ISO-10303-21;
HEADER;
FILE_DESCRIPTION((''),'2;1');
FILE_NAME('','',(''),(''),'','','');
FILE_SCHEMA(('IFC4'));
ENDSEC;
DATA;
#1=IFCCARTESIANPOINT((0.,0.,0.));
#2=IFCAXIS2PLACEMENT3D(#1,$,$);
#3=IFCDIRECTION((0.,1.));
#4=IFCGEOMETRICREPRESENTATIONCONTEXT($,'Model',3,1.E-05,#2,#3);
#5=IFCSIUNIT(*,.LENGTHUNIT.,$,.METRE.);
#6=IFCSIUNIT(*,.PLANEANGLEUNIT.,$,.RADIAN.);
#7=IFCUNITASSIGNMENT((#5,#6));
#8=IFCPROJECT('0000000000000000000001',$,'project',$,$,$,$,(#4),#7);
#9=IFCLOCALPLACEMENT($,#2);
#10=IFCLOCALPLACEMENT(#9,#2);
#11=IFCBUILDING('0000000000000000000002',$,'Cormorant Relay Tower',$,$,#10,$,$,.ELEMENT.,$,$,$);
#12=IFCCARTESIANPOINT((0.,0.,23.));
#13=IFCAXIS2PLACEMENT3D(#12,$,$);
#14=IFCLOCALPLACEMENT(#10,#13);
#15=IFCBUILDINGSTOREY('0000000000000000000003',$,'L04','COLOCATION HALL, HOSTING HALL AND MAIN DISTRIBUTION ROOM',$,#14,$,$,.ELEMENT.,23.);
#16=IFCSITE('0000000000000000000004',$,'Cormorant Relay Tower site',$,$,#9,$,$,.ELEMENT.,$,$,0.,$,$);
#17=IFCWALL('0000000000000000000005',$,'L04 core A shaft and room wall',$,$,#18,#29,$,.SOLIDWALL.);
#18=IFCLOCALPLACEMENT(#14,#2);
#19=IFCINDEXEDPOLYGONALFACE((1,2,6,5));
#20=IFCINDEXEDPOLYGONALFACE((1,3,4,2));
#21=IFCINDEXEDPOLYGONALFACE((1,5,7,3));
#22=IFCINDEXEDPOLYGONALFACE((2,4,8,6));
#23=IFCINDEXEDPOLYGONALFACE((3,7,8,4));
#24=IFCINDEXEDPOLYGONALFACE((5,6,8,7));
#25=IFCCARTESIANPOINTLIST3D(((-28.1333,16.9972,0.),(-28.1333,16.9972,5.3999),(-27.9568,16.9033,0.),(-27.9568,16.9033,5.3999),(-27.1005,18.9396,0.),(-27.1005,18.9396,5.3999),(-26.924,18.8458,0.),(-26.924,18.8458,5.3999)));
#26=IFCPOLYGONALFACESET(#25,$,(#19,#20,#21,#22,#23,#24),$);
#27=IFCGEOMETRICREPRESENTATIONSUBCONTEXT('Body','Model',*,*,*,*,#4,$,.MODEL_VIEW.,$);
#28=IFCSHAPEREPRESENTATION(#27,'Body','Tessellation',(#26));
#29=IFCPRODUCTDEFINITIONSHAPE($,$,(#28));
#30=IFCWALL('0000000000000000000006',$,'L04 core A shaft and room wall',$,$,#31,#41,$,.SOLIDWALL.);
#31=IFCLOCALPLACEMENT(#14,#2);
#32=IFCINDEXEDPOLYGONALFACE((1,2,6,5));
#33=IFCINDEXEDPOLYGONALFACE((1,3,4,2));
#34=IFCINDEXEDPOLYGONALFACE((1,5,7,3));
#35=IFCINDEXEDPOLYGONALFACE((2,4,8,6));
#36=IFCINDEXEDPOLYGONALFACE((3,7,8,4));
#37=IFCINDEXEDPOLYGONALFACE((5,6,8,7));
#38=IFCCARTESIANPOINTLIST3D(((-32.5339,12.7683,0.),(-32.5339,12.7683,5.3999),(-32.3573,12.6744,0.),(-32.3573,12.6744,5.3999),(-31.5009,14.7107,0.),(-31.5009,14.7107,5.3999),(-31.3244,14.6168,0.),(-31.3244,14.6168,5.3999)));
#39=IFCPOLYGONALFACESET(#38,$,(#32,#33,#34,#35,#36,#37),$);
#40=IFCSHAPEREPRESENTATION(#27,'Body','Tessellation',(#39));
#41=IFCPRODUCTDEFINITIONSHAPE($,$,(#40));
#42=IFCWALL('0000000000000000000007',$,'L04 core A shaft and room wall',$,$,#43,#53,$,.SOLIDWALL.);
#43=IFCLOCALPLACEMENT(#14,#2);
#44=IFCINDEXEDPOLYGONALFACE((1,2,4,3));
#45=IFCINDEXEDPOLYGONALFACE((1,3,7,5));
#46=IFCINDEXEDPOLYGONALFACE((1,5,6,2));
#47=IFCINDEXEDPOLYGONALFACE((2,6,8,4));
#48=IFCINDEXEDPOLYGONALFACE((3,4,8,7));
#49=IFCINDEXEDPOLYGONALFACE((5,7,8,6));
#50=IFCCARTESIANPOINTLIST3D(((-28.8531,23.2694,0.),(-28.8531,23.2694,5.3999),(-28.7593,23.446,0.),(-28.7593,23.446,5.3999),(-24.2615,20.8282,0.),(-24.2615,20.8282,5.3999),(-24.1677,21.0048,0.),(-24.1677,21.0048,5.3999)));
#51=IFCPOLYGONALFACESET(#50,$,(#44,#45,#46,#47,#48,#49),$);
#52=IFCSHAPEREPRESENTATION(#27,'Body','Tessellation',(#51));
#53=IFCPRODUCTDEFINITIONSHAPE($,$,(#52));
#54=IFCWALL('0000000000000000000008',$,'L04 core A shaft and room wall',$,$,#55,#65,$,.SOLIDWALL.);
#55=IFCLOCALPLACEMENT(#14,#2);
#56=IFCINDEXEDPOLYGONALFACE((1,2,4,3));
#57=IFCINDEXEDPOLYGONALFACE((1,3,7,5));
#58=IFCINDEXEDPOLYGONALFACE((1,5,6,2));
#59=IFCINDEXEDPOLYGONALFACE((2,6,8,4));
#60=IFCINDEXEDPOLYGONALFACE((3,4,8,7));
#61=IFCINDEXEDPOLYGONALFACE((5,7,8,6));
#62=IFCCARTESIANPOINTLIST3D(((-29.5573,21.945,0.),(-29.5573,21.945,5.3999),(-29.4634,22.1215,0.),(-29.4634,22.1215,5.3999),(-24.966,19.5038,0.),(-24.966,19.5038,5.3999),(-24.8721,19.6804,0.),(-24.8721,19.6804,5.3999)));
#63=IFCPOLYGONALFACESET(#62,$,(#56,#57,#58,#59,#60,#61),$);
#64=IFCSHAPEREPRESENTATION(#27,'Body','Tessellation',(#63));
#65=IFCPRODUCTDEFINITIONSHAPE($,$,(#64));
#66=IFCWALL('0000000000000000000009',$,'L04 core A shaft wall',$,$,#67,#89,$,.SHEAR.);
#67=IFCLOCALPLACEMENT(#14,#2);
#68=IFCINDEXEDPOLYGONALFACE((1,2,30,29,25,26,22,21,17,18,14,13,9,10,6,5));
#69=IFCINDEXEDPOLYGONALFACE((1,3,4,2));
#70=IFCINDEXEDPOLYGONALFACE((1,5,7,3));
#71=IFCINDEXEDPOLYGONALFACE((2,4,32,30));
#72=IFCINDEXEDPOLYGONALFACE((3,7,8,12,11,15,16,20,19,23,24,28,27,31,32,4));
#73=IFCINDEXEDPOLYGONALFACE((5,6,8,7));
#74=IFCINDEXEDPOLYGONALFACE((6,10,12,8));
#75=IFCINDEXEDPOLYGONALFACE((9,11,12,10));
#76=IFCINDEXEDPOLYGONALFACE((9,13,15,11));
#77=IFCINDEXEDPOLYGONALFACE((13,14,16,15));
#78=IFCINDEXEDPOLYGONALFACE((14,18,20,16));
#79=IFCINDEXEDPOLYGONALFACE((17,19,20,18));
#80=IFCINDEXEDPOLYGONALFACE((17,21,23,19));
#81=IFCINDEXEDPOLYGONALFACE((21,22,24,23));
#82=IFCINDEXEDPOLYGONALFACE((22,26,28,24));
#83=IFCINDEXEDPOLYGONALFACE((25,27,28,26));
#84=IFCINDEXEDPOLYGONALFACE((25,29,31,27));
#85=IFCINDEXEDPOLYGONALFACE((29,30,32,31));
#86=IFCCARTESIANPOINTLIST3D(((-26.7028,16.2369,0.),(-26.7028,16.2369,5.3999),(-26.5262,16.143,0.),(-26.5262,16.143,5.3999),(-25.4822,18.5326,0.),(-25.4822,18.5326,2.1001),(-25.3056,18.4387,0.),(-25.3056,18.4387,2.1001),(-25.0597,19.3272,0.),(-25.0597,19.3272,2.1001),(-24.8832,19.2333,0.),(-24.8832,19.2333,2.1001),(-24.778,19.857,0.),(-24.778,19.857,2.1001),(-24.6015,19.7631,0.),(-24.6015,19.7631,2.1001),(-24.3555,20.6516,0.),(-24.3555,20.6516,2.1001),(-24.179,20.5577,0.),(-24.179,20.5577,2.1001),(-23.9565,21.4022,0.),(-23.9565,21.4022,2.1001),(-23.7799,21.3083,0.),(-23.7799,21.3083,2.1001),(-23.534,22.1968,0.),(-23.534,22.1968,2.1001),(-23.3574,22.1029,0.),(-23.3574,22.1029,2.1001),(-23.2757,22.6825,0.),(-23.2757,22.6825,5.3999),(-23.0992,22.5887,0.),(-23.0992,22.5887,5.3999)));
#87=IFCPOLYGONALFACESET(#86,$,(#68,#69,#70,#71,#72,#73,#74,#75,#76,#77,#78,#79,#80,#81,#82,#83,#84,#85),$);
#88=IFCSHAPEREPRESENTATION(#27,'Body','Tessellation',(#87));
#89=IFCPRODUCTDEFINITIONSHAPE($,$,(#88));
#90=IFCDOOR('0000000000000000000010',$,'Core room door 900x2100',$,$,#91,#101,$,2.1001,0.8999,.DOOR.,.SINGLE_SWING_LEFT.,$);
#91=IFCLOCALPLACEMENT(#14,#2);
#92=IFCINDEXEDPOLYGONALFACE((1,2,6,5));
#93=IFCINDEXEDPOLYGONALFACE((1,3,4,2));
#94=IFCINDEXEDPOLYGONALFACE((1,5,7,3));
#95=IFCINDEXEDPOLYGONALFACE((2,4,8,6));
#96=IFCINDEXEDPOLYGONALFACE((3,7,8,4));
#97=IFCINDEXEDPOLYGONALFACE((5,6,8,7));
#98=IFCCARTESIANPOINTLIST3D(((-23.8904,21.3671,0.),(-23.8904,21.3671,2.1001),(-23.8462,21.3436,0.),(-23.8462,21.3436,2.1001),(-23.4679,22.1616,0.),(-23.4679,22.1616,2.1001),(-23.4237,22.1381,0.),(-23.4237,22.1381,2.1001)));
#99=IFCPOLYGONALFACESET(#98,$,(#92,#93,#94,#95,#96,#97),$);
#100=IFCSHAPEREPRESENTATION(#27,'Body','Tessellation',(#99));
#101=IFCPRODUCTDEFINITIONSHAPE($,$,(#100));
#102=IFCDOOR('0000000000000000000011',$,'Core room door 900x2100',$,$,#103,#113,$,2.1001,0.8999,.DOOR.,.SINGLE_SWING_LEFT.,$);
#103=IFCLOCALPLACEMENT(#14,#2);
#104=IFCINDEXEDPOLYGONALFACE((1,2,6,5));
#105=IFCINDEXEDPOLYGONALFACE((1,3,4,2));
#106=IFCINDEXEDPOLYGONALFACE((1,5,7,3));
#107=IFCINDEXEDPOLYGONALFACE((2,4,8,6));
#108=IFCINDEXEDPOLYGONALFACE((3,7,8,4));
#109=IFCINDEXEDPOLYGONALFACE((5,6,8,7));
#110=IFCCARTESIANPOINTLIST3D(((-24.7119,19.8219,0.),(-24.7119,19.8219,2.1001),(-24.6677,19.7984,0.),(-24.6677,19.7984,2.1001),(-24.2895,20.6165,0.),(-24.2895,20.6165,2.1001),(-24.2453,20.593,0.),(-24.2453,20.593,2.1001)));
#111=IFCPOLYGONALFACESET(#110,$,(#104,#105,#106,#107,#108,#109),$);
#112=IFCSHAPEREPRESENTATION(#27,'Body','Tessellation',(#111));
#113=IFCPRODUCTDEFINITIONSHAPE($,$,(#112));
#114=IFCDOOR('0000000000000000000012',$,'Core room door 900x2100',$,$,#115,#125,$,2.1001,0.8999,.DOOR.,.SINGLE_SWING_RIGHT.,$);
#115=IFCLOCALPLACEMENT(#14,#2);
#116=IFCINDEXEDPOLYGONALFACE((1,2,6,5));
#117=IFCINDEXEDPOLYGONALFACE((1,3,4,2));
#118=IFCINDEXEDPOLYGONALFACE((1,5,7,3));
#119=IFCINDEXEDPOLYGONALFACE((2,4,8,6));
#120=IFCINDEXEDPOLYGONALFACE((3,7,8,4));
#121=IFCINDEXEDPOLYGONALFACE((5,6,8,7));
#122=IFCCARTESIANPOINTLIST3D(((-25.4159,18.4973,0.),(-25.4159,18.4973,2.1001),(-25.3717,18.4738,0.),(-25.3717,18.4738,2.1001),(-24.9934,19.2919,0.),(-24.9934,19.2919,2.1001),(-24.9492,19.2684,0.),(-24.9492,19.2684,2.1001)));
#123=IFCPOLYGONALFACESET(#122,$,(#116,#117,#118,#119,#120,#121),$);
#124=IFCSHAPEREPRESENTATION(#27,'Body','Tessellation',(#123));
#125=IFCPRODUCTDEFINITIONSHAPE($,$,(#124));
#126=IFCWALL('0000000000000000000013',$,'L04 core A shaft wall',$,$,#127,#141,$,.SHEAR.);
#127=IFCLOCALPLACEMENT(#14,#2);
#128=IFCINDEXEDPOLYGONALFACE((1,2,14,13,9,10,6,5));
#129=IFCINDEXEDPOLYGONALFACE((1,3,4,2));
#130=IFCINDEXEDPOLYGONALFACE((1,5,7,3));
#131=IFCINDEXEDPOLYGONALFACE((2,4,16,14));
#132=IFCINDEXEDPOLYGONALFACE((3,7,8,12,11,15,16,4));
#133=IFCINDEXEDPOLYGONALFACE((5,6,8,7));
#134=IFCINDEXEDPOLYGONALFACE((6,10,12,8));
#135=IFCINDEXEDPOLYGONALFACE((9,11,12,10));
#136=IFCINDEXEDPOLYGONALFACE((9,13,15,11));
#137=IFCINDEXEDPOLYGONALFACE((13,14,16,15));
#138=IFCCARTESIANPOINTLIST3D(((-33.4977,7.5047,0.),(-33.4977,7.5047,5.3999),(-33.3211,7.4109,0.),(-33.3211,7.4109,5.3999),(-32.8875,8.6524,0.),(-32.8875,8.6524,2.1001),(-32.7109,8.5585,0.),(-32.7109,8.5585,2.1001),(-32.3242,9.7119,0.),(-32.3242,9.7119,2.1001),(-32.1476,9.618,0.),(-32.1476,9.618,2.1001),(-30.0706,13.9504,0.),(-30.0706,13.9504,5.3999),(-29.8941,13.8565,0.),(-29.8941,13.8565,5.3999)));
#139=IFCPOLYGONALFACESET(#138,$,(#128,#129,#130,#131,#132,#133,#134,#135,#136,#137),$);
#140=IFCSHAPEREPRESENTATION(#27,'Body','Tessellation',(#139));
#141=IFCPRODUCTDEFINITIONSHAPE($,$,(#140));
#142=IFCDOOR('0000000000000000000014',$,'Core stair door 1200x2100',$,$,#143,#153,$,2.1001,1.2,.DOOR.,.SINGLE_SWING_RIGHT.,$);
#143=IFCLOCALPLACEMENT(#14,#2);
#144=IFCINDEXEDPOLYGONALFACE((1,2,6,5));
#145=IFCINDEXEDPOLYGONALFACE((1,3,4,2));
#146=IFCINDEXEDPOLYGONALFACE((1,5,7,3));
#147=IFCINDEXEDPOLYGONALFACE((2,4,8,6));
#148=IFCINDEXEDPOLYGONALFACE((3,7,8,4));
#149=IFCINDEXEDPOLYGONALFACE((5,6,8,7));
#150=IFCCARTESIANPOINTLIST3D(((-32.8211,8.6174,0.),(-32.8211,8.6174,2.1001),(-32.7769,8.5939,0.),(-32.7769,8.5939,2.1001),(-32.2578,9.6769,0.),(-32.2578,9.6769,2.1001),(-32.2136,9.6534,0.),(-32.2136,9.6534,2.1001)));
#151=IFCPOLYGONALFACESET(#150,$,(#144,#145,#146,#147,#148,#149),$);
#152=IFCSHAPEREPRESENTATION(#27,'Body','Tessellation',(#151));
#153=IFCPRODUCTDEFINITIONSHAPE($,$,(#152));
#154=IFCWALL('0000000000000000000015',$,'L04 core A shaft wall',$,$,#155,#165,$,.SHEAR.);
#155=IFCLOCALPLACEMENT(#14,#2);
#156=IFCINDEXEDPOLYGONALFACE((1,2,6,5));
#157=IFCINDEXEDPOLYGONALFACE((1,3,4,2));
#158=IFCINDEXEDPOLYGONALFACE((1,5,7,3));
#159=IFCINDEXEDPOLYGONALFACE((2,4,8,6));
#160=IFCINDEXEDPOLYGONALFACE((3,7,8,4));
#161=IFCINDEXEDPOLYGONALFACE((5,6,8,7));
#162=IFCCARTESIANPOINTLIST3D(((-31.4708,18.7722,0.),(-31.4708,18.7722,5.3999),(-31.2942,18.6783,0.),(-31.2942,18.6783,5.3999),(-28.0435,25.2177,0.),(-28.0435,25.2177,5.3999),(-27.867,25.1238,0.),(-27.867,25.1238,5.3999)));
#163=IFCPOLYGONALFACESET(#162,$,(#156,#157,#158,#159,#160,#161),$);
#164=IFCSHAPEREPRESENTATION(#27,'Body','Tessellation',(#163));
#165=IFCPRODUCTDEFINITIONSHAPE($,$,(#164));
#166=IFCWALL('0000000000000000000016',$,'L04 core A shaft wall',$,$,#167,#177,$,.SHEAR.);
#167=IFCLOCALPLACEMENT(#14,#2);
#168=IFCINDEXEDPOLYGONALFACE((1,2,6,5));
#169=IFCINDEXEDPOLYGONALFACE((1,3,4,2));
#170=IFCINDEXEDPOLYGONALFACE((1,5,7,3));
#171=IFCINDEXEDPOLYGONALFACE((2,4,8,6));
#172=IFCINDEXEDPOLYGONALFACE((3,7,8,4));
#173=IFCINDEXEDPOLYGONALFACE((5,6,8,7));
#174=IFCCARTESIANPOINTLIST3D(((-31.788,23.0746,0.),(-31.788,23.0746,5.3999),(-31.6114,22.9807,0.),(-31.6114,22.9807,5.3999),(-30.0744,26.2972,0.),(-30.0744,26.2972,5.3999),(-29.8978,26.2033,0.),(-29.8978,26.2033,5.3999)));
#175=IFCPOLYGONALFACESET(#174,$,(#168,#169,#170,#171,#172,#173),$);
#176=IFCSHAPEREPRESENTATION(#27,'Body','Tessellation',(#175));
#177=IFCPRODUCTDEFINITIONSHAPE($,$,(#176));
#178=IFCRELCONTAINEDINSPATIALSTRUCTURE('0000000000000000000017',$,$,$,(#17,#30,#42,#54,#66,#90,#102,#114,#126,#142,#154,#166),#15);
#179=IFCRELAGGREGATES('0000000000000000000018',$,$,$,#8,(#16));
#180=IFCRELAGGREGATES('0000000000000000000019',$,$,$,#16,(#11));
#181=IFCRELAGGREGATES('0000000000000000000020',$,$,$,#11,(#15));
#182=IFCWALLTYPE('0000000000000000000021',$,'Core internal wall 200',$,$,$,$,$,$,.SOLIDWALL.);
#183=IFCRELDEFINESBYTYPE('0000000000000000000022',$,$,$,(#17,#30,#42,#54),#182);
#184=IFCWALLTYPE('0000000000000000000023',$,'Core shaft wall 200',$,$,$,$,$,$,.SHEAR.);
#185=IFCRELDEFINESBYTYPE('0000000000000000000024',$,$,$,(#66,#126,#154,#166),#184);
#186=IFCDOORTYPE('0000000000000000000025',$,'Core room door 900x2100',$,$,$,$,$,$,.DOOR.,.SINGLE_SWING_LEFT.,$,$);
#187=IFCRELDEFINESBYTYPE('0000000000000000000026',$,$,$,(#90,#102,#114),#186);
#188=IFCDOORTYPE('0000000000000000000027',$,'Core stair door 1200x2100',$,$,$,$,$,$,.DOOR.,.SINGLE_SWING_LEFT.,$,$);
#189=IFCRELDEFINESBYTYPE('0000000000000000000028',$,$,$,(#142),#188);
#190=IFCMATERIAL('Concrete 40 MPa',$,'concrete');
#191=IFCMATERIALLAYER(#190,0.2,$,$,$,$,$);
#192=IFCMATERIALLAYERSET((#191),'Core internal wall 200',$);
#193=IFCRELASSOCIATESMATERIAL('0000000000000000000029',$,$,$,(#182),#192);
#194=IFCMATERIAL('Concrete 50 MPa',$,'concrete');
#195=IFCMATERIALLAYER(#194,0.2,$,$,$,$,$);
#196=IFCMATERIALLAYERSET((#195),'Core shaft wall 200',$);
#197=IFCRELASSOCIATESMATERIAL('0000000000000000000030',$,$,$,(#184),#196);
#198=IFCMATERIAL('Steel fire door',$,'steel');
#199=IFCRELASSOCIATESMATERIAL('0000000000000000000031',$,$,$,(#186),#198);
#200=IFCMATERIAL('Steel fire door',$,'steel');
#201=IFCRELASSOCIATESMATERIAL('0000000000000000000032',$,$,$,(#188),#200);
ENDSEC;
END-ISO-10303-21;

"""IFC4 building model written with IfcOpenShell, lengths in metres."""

from ifc_helpers import new_model, si_unit, direction, frame, frame_2d, origin, place, context, subcontext, project, spatial, rectangle, extrude, material, layer, layer_set, type_object, element, fill, save


model = new_model("IFC4")

# Units and contexts
model_context = context("Model", 3, precision=1e-05, world=origin(), true_north=direction((0.0, 1.0)))
body_context = subcontext(model_context, "Body", "Model", "MODEL_VIEW")
ifc_project = project(units=[si_unit("LENGTHUNIT", "METRE"), si_unit("PLANEANGLEUNIT", "RADIAN")], contexts=[model_context])

# Site, building, storey
site_placement = place(None, origin())
site = spatial("IfcSite", under=ifc_project, at=site_placement, Name="Cormorant Relay Tower site", CompositionType="ELEMENT", RefElevation=0.0)
building_placement = place(site_placement, origin())
building = spatial("IfcBuilding", under=site, at=building_placement, Name="Cormorant Relay Tower", CompositionType="ELEMENT")
storey_placement = place(building_placement, frame((0.0, 0.0, 23.0)))
storey = spatial("IfcBuildingStorey", under=building, at=storey_placement, Name="L04", Description="COLOCATION HALL, HOSTING HALL AND MAIN DISTRIBUTION ROOM", CompositionType="ELEMENT", Elevation=23.0)

# Walls
ifc_material_1 = material(Name="Concrete 40 MPa", Category="concrete")
ifc_layer_1 = layer(ifc_material_1, 0.2)
ifc_layer_set_1 = layer_set([ifc_layer_1], Name="Core internal wall 200")
wall_type_1 = type_object("IfcWallType", Name="Core internal wall 200", PredefinedType="SOLIDWALL", material=ifc_layer_set_1)
for number, where, z_axis, x_axis, name in (
    (1, (-27.0122, 18.8928, 0.0), (0.0, 0.0, 1.0), (-0.469447, -0.88296, 0.0), "L04 core A shaft and room wall"),
    (2, (-31.4126, 14.6638, 0.0), (0.0, 0.0, 1.0), (-0.469534, -0.882914, 0.0), "L04 core A shaft and room wall"),
):
    element("IfcWall", number, at=place(storey_placement, frame(where, z_axis=z_axis, x_axis=x_axis)), inside=storey, type_object=wall_type_1, Name=name, PredefinedType="SOLIDWALL", context=body_context, shape_type="SweptSolid", body=[
        extrude(rectangle(XDim=2.2, YDim=0.2, at=frame_2d((1.1001, 0.0))), origin(), (0.0, 0.0, 1.0), 5.3999),
    ])
wall_1_placement = place(storey_placement, frame((-24.2146, 20.9165, 0.0), z_axis=(0.0, 0.0, 1.0), x_axis=(-0.882964, 0.46944, 0.0)))
element("IfcWall", 3, at=wall_1_placement, inside=storey, type_object=wall_type_1, Name="L04 core A shaft and room wall", PredefinedType="SOLIDWALL", context=body_context, shape_type="SweptSolid", body=[
    extrude(rectangle(XDim=5.2002, YDim=0.2, at=frame_2d((2.6001, 0.0))), origin(), (0.0, 0.0, 1.0), 5.3999),
])
wall_2_placement = place(storey_placement, frame((-24.9189, 19.592, 0.0), z_axis=(0.0, 0.0, 1.0), x_axis=(-0.882954, 0.46946, 0.0)))
element("IfcWall", 4, at=wall_2_placement, inside=storey, type_object=wall_type_1, Name="L04 core A shaft and room wall", PredefinedType="SOLIDWALL", context=body_context, shape_type="SweptSolid", body=[
    extrude(rectangle(XDim=5.2, YDim=0.2, at=frame_2d((2.6001, 0.0))), origin(), (0.0, 0.0, 1.0), 5.3999),
])

# Wall, openings, doors
ifc_material_2 = material(Name="Concrete 50 MPa", Category="concrete")
ifc_layer_2 = layer(ifc_material_2, 0.2)
ifc_layer_set_2 = layer_set([ifc_layer_2], Name="Core shaft wall 200")
wall_type_2 = type_object("IfcWallType", Name="Core shaft wall 200", PredefinedType="SHEAR", material=ifc_layer_set_2)
wall_3_placement = place(storey_placement, frame((-23.1875, 22.6355, 0.0), z_axis=(0.0, 0.0, 1.0), x_axis=(-0.469454, -0.882957, 0.0)))
wall_3 = element("IfcWall", 5, at=wall_3_placement, inside=storey, type_object=wall_type_2, Name="L04 core A shaft wall", PredefinedType="SHEAR", context=body_context, shape_type="SweptSolid", body=[
    extrude(rectangle(XDim=7.3, YDim=0.2, at=frame_2d((3.6499, 0.0))), origin(), (0.0, 0.0, 1.0), 5.3999),
])
opening_1_placement = place(wall_3_placement, frame((0.55, 0.0, 0.0)))
opening_1 = element("IfcOpeningElement", 6, at=opening_1_placement, cuts=wall_3, PredefinedType="OPENING", context=body_context, shape_type="SweptSolid", body=[
    extrude(rectangle(XDim=0.8999, YDim=2.1001, at=frame_2d((0.45, 1.05))), frame((0.0, 0.1099, 0.0), z_axis=(0.0, -1.0, 0.0), x_axis=(1.0, 0.0, 0.0)), (0.0, 0.0, 1.0), 0.22),
])
opening_2_placement = place(wall_3_placement, frame((2.3, 0.0, 0.0)))
opening_2 = element("IfcOpeningElement", 7, at=opening_2_placement, cuts=wall_3, PredefinedType="OPENING", context=body_context, shape_type="SweptSolid", body=[
    extrude(rectangle(XDim=0.8999, YDim=2.1001, at=frame_2d((0.45, 1.05))), frame((0.0, 0.1099, 0.0), z_axis=(0.0, -1.0, 0.0), x_axis=(1.0, 0.0, 0.0)), (0.0, 0.0, 1.0), 0.22),
])
opening_3_placement = place(wall_3_placement, frame((3.8, 0.0, 0.0)))
opening_3 = element("IfcOpeningElement", 8, at=opening_3_placement, cuts=wall_3, PredefinedType="OPENING", context=body_context, shape_type="SweptSolid", body=[
    extrude(rectangle(XDim=0.8999, YDim=2.1001, at=frame_2d((0.45, 1.05))), frame((0.0, 0.1099, 0.0), z_axis=(0.0, -1.0, 0.0), x_axis=(1.0, 0.0, 0.0)), (0.0, 0.0, 1.0), 0.22),
])
ifc_material_3 = material(Name="Steel fire door", Category="steel")
door_type_1 = type_object("IfcDoorType", Name="Core room door 900x2100", OperationType="SINGLE_SWING_LEFT", PredefinedType="DOOR", material=ifc_material_3)
door_1_placement = place(opening_1_placement, origin())
door_1 = element("IfcDoor", 9, at=door_1_placement, inside=storey, type_object=door_type_1, Name="Core room door 900x2100", OperationType="SINGLE_SWING_LEFT", OverallHeight=2.1001, OverallWidth=0.8999, PredefinedType="DOOR", context=body_context, shape_type="SweptSolid", body=[
    extrude(rectangle(XDim=0.8999, YDim=2.1001, at=frame_2d((0.45, 1.05))), frame((0.0, 0.0249, 0.0), z_axis=(0.0, -1.0, 0.0), x_axis=(1.0, 0.0, 0.0)), (0.0, 0.0, 1.0), 0.05),
])
fill(opening_1, door_1)
door_2_placement = place(opening_2_placement, origin())
door_2 = element("IfcDoor", 10, at=door_2_placement, inside=storey, type_object=door_type_1, Name="Core room door 900x2100", OperationType="SINGLE_SWING_LEFT", OverallHeight=2.1001, OverallWidth=0.8999, PredefinedType="DOOR", context=body_context, shape_type="SweptSolid", body=[
    extrude(rectangle(XDim=0.8999, YDim=2.1001, at=frame_2d((0.45, 1.05))), frame((0.0, 0.0249, 0.0), z_axis=(0.0, -1.0, 0.0), x_axis=(1.0, 0.0, 0.0)), (0.0, 0.0, 1.0), 0.05),
])
fill(opening_2, door_2)
door_3_placement = place(opening_3_placement, frame((0.8999, 0.0, 0.0), z_axis=(0.0, 0.0, 1.0), x_axis=(-1.0, 0.0, 0.0)))
door_3 = element("IfcDoor", 11, at=door_3_placement, inside=storey, type_object=door_type_1, Name="Core room door 900x2100", OperationType="SINGLE_SWING_RIGHT", OverallHeight=2.1001, OverallWidth=0.8999, PredefinedType="DOOR", context=body_context, shape_type="SweptSolid", body=[
    extrude(rectangle(XDim=0.8999, YDim=2.1001, at=frame_2d((0.45, 1.05))), frame((0.0, 0.0249, 0.0), z_axis=(0.0, -1.0, 0.0), x_axis=(1.0, 0.0, 0.0)), (0.0, 0.0, 1.0), 0.05),
])
fill(opening_3, door_3)

# Wall, opening, door
wall_4_placement = place(storey_placement, frame((-29.9824, 13.9033, 0.0), z_axis=(0.0, 0.0, 1.0), x_axis=(-0.469454, -0.882957, 0.0)))
wall_4 = element("IfcWall", 12, at=wall_4_placement, inside=storey, type_object=wall_type_2, Name="L04 core A shaft wall", PredefinedType="SHEAR", context=body_context, shape_type="SweptSolid", body=[
    extrude(rectangle(XDim=7.3, YDim=0.2, at=frame_2d((3.6499, 0.0))), origin(), (0.0, 0.0, 1.0), 5.3999),
])
opening_4_placement = place(wall_4_placement, frame((4.8, 0.0, 0.0)))
opening_4 = element("IfcOpeningElement", 13, at=opening_4_placement, cuts=wall_4, PredefinedType="OPENING", context=body_context, shape_type="SweptSolid", body=[
    extrude(rectangle(XDim=1.2, YDim=2.1001, at=frame_2d((0.6001, 1.05))), frame((0.0, 0.1099, 0.0), z_axis=(0.0, -1.0, 0.0), x_axis=(1.0, 0.0, 0.0)), (0.0, 0.0, 1.0), 0.22),
])
ifc_material_4 = material(Name="Steel fire door", Category="steel")
door_type_2 = type_object("IfcDoorType", Name="Core stair door 1200x2100", OperationType="SINGLE_SWING_LEFT", PredefinedType="DOOR", material=ifc_material_4)
door_4_placement = place(opening_4_placement, frame((1.2, 0.0, 0.0), z_axis=(0.0, 0.0, 1.0), x_axis=(-1.0, 0.0, 0.0)))
door_4 = element("IfcDoor", 14, at=door_4_placement, inside=storey, type_object=door_type_2, Name="Core stair door 1200x2100", OperationType="SINGLE_SWING_RIGHT", OverallHeight=2.1001, OverallWidth=1.2, PredefinedType="DOOR", context=body_context, shape_type="SweptSolid", body=[
    extrude(rectangle(XDim=1.2, YDim=2.1001, at=frame_2d((0.6001, 1.05))), frame((0.0, 0.0249, 0.0), z_axis=(0.0, -1.0, 0.0), x_axis=(1.0, 0.0, 0.0)), (0.0, 0.0, 1.0), 0.05),
])
fill(opening_4, door_4)

# Walls
wall_5_placement = place(storey_placement, frame((-27.9553, 25.1707, 0.0), z_axis=(0.0, 0.0, 1.0), x_axis=(-0.46948, -0.882943, 0.0)))
element("IfcWall", 15, at=wall_5_placement, inside=storey, type_object=wall_type_2, Name="L04 core A shaft wall", PredefinedType="SHEAR", context=body_context, shape_type="SweptSolid", body=[
    extrude(rectangle(XDim=7.3, YDim=0.2, at=frame_2d((3.6499, 0.0))), origin(), (0.0, 0.0, 1.0), 5.3999),
])
wall_6_placement = place(storey_placement, frame((-29.9861, 26.2502, 0.0), z_axis=(0.0, 0.0, 1.0), x_axis=(-0.469494, -0.882936, 0.0)))
element("IfcWall", 16, at=wall_6_placement, inside=storey, type_object=wall_type_2, Name="L04 core A shaft wall", PredefinedType="SHEAR", context=body_context, shape_type="SweptSolid", body=[
    extrude(rectangle(XDim=3.6499, YDim=0.2, at=frame_2d((1.825, 0.0))), origin(), (0.0, 0.0, 1.0), 5.3999),
])

save(model, "model.ifc")
